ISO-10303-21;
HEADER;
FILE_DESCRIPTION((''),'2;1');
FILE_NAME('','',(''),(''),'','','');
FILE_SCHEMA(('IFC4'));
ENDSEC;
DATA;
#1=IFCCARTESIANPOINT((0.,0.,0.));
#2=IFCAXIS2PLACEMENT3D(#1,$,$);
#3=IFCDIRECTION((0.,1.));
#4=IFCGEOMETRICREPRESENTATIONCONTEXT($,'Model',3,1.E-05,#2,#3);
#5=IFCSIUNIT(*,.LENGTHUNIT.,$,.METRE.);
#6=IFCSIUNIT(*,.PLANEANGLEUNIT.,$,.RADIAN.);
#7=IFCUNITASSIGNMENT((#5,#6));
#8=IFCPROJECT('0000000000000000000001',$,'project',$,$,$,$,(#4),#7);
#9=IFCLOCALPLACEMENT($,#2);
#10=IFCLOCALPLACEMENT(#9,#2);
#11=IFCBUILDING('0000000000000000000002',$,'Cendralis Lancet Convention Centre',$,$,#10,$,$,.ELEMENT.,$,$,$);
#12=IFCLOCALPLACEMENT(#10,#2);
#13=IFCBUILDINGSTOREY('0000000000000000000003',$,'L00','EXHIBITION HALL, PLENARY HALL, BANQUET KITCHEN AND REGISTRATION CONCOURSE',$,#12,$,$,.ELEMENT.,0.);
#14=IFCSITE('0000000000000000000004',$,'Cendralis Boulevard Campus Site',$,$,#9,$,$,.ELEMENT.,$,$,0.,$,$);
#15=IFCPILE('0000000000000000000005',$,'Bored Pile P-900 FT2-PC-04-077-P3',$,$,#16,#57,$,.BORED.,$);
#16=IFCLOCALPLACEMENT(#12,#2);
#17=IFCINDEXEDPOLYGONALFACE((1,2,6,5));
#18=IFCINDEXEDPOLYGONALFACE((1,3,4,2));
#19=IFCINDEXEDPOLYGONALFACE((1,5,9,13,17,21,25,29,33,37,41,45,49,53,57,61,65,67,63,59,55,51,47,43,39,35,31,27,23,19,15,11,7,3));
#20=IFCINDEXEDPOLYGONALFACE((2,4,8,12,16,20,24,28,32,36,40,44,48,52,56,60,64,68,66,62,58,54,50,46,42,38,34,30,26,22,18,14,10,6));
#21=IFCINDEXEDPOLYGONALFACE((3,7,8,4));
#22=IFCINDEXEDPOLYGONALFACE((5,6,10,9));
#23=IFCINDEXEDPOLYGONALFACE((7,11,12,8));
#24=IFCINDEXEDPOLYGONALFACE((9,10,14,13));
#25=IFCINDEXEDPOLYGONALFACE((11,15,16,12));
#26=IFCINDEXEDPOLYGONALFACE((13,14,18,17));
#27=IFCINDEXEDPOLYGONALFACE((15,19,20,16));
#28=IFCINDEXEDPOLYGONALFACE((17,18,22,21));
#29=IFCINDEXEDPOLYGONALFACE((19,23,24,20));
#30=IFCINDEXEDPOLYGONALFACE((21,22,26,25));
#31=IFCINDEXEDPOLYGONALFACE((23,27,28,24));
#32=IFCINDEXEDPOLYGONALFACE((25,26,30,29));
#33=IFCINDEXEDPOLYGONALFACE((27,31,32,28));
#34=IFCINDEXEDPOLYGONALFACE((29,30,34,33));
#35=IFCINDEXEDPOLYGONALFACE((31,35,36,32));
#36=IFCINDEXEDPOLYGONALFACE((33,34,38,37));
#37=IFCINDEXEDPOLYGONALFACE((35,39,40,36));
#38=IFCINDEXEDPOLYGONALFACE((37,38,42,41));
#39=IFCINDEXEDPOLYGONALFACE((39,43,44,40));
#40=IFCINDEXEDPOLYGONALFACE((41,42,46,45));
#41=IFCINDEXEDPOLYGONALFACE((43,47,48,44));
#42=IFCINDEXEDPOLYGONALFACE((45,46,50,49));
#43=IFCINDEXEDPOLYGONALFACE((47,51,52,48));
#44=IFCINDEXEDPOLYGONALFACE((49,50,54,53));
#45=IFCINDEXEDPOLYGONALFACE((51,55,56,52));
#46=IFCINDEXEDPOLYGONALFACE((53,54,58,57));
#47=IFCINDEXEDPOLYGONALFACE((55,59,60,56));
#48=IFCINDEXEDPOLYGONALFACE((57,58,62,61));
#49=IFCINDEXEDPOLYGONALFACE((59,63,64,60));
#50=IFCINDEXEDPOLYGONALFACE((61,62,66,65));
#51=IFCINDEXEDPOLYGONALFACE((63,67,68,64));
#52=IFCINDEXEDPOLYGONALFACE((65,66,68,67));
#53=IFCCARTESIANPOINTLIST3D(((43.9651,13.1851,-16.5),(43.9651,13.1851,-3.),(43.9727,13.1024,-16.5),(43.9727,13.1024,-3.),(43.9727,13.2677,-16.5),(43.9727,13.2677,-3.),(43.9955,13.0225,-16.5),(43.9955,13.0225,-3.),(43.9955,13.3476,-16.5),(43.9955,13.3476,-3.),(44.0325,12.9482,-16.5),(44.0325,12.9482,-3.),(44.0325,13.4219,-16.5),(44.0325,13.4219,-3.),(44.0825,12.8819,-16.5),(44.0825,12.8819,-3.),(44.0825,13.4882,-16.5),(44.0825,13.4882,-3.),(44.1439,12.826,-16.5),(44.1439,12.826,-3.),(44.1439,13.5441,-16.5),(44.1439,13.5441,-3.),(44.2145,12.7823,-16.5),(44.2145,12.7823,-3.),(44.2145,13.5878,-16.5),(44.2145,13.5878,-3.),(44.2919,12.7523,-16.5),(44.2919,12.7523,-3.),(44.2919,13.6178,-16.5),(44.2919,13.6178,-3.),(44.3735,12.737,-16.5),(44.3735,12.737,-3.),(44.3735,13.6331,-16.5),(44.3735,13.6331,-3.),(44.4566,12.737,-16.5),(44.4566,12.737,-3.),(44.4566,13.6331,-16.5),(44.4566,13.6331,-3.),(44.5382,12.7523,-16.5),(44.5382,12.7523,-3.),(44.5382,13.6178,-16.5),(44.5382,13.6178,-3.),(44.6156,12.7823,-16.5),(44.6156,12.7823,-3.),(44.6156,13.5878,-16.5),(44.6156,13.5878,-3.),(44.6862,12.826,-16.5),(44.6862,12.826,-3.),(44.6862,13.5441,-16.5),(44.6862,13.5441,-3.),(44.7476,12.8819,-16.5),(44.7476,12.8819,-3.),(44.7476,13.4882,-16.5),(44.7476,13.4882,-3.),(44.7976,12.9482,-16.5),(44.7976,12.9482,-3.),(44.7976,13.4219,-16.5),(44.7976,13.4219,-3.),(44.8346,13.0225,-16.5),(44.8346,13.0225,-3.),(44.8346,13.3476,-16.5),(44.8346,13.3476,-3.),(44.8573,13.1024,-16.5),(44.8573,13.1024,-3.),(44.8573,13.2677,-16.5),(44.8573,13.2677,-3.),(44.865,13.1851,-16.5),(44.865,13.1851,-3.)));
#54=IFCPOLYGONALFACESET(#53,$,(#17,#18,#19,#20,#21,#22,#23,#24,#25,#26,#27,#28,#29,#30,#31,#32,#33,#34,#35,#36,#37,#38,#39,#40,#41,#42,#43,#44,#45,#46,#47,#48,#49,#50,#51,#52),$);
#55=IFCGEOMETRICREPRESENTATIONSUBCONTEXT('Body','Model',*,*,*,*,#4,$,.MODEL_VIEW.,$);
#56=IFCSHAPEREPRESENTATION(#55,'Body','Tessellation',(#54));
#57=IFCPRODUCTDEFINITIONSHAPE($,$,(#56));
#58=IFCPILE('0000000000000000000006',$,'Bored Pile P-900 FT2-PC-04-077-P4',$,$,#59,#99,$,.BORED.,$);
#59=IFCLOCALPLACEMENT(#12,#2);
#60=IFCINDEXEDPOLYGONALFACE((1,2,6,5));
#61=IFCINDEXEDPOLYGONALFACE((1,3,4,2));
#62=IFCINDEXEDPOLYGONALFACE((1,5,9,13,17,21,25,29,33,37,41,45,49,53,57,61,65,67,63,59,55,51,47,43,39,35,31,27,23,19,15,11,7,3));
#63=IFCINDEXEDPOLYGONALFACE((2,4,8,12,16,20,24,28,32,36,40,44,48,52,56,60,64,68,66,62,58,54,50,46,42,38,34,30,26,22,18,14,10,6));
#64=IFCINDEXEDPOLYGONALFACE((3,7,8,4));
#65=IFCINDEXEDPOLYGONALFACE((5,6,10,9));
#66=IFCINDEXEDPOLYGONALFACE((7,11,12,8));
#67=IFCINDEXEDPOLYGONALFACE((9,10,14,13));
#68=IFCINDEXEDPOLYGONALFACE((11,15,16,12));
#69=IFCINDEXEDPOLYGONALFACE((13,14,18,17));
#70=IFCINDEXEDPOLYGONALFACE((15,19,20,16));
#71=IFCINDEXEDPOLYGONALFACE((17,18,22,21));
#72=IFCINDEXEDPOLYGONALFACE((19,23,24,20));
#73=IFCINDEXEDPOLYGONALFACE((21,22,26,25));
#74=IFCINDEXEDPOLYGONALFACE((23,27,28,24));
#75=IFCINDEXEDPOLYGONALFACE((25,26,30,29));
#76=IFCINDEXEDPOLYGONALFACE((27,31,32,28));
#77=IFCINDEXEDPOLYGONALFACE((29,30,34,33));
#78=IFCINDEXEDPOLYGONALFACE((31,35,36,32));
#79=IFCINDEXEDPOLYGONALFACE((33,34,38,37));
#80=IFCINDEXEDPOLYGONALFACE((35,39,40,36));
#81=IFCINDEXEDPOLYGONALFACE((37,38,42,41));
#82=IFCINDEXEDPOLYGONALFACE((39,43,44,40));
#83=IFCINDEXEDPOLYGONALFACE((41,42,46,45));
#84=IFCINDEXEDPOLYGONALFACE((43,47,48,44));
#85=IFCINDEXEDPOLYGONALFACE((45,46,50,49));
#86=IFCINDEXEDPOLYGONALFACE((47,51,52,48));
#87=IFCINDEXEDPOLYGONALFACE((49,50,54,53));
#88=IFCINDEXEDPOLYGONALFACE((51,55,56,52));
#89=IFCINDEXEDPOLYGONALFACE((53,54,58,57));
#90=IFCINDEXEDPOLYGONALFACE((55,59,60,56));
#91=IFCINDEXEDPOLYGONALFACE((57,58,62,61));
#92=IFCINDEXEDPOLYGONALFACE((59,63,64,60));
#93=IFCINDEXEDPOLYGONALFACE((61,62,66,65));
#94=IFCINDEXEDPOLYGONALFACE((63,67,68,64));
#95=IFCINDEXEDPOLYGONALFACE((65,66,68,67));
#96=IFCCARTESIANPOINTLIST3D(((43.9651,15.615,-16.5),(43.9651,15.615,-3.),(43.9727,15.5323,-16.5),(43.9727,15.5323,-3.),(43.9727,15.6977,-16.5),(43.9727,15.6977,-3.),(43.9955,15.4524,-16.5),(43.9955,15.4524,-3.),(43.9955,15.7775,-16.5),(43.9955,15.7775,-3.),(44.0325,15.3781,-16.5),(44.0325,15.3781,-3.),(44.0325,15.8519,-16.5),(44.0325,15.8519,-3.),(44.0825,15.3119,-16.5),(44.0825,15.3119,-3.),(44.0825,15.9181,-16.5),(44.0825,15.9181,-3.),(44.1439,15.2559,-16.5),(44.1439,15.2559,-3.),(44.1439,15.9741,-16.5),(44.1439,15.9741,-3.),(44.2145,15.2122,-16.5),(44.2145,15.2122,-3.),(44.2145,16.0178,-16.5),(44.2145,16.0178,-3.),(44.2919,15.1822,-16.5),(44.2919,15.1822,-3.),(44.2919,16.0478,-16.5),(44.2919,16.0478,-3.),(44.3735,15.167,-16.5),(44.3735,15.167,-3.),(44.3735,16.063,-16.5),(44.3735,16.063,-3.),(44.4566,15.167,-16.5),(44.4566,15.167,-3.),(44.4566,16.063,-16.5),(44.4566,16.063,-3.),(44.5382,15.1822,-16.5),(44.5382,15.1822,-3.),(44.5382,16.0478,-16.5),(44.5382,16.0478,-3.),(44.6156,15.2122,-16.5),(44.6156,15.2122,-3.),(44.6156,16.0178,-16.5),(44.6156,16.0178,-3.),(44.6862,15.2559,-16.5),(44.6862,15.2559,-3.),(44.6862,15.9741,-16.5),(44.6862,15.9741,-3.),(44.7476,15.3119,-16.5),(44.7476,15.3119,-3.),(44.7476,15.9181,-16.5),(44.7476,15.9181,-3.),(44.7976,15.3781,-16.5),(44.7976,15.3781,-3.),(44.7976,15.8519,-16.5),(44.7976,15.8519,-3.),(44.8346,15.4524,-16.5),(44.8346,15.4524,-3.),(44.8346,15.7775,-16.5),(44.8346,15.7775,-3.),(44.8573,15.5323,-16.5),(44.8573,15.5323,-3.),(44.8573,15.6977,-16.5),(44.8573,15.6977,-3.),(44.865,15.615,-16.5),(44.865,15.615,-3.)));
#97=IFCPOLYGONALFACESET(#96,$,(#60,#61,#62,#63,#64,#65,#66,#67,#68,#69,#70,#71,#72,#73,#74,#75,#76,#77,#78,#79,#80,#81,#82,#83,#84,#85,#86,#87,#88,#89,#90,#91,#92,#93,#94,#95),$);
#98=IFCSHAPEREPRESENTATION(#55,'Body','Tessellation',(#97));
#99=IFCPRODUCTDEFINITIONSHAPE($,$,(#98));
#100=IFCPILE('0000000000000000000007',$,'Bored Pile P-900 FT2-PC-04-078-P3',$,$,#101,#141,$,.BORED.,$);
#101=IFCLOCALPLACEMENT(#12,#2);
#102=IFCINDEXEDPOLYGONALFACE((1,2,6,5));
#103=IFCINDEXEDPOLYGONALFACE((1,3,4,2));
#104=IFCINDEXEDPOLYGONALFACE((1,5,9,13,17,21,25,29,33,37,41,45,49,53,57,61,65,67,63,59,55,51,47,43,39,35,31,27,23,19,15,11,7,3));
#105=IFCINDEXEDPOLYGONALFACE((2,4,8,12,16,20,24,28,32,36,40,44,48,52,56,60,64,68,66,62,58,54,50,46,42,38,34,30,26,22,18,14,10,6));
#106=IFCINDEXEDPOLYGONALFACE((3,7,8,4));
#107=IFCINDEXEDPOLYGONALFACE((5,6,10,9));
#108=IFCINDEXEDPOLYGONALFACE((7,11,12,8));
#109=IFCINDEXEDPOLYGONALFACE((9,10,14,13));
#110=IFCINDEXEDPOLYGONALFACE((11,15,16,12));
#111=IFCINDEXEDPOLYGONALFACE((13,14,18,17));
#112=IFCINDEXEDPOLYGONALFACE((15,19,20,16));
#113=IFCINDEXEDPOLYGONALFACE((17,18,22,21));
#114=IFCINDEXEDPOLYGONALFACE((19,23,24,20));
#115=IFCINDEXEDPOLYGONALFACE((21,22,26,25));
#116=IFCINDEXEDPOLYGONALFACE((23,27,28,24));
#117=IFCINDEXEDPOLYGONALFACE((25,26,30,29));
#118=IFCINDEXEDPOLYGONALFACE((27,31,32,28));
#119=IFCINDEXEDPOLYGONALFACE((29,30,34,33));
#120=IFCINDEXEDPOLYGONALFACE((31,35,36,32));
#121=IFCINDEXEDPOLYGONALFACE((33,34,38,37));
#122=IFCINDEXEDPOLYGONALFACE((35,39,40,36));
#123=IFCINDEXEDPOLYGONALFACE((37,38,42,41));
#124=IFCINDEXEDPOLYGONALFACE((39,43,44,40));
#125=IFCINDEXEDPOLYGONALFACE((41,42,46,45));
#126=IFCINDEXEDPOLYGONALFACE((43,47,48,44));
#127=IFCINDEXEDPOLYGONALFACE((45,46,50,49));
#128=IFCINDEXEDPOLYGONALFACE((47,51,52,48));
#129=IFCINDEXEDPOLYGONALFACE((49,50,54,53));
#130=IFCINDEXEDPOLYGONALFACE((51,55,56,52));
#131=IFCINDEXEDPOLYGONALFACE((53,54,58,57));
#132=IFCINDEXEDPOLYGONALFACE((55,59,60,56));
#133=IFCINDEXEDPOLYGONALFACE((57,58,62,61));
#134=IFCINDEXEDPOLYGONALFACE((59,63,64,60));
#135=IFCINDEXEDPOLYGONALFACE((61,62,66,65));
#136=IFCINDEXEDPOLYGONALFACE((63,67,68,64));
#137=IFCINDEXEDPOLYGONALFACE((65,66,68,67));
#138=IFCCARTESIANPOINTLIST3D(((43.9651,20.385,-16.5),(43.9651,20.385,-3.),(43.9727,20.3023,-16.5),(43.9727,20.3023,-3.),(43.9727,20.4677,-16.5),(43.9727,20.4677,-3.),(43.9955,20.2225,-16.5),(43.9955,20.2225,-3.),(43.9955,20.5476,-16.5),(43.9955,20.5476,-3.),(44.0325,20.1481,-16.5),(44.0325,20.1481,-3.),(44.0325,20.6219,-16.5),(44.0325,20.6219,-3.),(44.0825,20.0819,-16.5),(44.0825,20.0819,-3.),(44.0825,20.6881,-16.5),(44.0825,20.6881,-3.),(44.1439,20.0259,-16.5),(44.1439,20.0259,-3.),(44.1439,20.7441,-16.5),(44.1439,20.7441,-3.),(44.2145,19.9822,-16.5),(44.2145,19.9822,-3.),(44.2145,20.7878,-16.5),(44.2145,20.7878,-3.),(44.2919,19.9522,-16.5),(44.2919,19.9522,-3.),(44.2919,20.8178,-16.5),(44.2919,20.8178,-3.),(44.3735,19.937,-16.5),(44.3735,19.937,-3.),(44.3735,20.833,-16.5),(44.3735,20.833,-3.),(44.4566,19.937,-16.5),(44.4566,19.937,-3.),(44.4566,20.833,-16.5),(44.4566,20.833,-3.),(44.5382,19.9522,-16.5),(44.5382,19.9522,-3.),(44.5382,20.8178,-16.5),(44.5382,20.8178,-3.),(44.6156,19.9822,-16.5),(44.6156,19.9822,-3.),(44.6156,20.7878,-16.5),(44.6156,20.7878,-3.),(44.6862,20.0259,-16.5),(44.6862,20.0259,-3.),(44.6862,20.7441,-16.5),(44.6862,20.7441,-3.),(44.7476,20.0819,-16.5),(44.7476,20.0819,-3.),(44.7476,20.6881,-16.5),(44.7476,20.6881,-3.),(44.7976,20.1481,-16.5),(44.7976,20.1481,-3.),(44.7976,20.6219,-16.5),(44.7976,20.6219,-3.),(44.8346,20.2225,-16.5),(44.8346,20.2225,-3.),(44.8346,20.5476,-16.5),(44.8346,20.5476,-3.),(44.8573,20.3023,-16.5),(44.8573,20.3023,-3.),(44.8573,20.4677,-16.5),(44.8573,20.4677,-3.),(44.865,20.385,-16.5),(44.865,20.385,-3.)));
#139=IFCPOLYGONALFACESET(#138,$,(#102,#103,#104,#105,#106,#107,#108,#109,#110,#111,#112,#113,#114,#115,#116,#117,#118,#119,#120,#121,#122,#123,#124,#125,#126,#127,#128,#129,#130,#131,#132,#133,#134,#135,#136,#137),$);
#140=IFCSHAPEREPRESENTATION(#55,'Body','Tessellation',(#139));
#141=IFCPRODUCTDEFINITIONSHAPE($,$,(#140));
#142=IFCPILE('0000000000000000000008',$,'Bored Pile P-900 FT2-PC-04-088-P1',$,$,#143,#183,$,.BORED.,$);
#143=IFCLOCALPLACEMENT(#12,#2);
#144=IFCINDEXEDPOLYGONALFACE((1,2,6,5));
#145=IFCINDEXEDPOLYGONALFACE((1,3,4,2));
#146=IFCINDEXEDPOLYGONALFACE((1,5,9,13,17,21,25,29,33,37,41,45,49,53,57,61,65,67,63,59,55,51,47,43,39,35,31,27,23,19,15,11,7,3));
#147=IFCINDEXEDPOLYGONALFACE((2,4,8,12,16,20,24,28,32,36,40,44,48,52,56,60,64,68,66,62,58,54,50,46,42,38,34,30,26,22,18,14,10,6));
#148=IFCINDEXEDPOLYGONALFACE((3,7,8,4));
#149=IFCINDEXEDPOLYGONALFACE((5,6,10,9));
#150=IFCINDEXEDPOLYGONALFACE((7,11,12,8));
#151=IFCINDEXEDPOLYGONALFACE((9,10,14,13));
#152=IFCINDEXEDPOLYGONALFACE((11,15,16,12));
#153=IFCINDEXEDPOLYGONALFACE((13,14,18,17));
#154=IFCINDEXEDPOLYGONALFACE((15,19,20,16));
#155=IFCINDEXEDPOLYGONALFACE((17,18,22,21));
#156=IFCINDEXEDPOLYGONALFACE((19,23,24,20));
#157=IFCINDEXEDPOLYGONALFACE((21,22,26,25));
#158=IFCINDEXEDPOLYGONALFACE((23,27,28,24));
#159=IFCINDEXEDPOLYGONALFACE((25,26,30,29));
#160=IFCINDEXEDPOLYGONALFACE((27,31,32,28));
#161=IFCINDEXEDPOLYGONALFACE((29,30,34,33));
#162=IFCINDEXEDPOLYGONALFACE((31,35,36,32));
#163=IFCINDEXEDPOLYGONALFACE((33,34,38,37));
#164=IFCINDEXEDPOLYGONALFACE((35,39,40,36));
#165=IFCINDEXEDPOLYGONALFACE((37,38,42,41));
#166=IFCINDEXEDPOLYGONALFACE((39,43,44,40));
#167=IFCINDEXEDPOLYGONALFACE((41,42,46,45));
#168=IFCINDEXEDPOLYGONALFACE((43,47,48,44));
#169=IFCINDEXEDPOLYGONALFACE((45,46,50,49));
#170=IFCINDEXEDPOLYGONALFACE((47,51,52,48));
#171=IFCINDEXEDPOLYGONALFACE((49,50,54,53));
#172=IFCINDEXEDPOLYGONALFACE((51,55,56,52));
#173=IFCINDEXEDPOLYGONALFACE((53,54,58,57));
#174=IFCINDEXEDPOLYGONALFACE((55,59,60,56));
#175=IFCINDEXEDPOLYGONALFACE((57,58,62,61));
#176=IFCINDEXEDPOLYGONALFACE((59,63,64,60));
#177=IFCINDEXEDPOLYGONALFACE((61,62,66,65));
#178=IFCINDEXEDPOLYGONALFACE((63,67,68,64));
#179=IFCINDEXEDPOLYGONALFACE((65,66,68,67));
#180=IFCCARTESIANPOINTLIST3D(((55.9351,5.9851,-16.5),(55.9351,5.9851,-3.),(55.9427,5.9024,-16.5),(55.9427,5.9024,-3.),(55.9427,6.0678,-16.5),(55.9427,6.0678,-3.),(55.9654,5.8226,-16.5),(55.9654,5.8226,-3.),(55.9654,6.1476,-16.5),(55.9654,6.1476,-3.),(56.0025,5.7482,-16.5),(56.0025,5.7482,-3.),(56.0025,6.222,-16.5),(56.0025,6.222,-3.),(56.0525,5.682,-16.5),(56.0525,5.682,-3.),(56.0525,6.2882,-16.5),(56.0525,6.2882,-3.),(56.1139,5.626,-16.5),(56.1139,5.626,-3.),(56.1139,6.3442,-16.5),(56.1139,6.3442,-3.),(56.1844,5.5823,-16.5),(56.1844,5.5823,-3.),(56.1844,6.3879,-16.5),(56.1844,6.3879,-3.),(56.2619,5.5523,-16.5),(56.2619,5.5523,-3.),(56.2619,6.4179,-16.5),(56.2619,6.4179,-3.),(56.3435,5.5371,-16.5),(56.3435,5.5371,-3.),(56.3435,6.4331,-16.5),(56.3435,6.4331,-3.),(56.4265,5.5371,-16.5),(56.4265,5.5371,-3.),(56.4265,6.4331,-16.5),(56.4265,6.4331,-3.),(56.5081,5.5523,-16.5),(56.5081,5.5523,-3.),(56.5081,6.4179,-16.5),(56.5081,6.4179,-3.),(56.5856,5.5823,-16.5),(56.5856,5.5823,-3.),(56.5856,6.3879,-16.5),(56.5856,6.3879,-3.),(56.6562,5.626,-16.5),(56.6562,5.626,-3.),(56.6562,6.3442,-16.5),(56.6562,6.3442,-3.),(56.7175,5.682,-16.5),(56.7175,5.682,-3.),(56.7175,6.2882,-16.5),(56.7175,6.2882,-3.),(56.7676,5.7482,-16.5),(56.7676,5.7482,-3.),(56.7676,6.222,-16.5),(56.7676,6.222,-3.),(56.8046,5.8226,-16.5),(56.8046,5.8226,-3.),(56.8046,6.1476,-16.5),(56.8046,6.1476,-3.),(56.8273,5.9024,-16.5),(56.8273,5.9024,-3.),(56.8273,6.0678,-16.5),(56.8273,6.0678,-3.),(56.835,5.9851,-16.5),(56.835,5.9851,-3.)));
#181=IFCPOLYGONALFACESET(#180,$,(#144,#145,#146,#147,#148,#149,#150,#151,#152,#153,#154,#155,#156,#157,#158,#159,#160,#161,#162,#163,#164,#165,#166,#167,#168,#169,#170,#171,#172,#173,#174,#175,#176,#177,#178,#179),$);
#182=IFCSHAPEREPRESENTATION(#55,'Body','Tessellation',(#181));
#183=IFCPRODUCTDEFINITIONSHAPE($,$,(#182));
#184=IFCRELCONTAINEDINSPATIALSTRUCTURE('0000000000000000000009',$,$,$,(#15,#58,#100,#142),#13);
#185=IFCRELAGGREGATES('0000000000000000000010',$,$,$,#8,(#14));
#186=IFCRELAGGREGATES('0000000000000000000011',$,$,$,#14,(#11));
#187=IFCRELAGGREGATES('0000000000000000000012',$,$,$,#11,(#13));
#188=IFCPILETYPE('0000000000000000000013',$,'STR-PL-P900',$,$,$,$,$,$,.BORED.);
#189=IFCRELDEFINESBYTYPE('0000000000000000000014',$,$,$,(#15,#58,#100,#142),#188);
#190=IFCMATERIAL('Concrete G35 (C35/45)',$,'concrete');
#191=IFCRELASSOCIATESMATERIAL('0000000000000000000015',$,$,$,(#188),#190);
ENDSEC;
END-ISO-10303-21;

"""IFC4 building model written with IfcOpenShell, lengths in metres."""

from ifc_helpers import new_model, si_unit, direction, frame, origin, origin_2d, place, context, subcontext, project, spatial, circle, extrude, material, material_profile, profile_set, type_object, element, save


model = new_model("IFC4")

# Units and contexts
model_context = context("Model", 3, precision=1e-05, world=origin(), true_north=direction((0.0, 1.0)))
body_context = subcontext(model_context, "Body", "Model", "MODEL_VIEW")
ifc_project = project(units=[si_unit("LENGTHUNIT", "METRE"), si_unit("PLANEANGLEUNIT", "RADIAN")], contexts=[model_context])

# Site, building, storey
site_placement = place(None, origin())
site = spatial("IfcSite", under=ifc_project, at=site_placement, Name="Cendralis Boulevard Campus Site", CompositionType="ELEMENT", RefElevation=0.0)
building_placement = place(site_placement, origin())
building = spatial("IfcBuilding", under=site, at=building_placement, Name="Cendralis Lancet Convention Centre", CompositionType="ELEMENT")
storey_placement = place(building_placement, origin())
storey = spatial("IfcBuildingStorey", under=building, at=storey_placement, Name="L00", Description="EXHIBITION HALL, PLENARY HALL, BANQUET KITCHEN AND REGISTRATION CONCOURSE", CompositionType="ELEMENT", Elevation=0.0)

# Shared definitions
ifc_material_1 = material(Name="Concrete G35 (C35/45)", Category="concrete")

# Piles
ifc_material_profile_1 = material_profile(ifc_material_1, circle(Radius=0.45, at=origin_2d()), Name="BORED PILE D900")
ifc_profile_set_1 = profile_set([ifc_material_profile_1], Name="Concrete G35 (C35/45)")
pile_type = type_object("IfcPileType", Name="STR-PL-P900", PredefinedType="BORED", material=ifc_profile_set_1)
for number, where, z_axis, x_axis, name in (
    (1, (44.415, 13.1851, -3.0), (0.0, 0.0, -1.0), (1.0, 0.0, 0.0), "Bored Pile P-900 FT2-PC-04-077-P3"),
    (2, (44.415, 15.615, -3.0), (0.0, 0.0, -1.0), (1.0, 0.0, 0.0), "Bored Pile P-900 FT2-PC-04-077-P4"),
    (3, (44.415, 20.385, -3.0), (0.0, 0.0, -1.0), (1.0, 0.0, 0.0), "Bored Pile P-900 FT2-PC-04-078-P3"),
    (4, (56.385, 5.9851, -3.0), (0.0, 0.0, -1.0), (1.0, 0.0, 0.0), "Bored Pile P-900 FT2-PC-04-088-P1"),
):
    element("IfcPile", number, at=place(storey_placement, frame(where, z_axis=z_axis, x_axis=x_axis)), inside=storey, type_object=pile_type, Name=name, PredefinedType="BORED", context=body_context, shape_type="SweptSolid", body=[
        extrude(circle(Radius=0.45, at=origin_2d()), origin(), (0.0, 0.0, 1.0), 13.5),
    ])

save(model, "model.ifc")
